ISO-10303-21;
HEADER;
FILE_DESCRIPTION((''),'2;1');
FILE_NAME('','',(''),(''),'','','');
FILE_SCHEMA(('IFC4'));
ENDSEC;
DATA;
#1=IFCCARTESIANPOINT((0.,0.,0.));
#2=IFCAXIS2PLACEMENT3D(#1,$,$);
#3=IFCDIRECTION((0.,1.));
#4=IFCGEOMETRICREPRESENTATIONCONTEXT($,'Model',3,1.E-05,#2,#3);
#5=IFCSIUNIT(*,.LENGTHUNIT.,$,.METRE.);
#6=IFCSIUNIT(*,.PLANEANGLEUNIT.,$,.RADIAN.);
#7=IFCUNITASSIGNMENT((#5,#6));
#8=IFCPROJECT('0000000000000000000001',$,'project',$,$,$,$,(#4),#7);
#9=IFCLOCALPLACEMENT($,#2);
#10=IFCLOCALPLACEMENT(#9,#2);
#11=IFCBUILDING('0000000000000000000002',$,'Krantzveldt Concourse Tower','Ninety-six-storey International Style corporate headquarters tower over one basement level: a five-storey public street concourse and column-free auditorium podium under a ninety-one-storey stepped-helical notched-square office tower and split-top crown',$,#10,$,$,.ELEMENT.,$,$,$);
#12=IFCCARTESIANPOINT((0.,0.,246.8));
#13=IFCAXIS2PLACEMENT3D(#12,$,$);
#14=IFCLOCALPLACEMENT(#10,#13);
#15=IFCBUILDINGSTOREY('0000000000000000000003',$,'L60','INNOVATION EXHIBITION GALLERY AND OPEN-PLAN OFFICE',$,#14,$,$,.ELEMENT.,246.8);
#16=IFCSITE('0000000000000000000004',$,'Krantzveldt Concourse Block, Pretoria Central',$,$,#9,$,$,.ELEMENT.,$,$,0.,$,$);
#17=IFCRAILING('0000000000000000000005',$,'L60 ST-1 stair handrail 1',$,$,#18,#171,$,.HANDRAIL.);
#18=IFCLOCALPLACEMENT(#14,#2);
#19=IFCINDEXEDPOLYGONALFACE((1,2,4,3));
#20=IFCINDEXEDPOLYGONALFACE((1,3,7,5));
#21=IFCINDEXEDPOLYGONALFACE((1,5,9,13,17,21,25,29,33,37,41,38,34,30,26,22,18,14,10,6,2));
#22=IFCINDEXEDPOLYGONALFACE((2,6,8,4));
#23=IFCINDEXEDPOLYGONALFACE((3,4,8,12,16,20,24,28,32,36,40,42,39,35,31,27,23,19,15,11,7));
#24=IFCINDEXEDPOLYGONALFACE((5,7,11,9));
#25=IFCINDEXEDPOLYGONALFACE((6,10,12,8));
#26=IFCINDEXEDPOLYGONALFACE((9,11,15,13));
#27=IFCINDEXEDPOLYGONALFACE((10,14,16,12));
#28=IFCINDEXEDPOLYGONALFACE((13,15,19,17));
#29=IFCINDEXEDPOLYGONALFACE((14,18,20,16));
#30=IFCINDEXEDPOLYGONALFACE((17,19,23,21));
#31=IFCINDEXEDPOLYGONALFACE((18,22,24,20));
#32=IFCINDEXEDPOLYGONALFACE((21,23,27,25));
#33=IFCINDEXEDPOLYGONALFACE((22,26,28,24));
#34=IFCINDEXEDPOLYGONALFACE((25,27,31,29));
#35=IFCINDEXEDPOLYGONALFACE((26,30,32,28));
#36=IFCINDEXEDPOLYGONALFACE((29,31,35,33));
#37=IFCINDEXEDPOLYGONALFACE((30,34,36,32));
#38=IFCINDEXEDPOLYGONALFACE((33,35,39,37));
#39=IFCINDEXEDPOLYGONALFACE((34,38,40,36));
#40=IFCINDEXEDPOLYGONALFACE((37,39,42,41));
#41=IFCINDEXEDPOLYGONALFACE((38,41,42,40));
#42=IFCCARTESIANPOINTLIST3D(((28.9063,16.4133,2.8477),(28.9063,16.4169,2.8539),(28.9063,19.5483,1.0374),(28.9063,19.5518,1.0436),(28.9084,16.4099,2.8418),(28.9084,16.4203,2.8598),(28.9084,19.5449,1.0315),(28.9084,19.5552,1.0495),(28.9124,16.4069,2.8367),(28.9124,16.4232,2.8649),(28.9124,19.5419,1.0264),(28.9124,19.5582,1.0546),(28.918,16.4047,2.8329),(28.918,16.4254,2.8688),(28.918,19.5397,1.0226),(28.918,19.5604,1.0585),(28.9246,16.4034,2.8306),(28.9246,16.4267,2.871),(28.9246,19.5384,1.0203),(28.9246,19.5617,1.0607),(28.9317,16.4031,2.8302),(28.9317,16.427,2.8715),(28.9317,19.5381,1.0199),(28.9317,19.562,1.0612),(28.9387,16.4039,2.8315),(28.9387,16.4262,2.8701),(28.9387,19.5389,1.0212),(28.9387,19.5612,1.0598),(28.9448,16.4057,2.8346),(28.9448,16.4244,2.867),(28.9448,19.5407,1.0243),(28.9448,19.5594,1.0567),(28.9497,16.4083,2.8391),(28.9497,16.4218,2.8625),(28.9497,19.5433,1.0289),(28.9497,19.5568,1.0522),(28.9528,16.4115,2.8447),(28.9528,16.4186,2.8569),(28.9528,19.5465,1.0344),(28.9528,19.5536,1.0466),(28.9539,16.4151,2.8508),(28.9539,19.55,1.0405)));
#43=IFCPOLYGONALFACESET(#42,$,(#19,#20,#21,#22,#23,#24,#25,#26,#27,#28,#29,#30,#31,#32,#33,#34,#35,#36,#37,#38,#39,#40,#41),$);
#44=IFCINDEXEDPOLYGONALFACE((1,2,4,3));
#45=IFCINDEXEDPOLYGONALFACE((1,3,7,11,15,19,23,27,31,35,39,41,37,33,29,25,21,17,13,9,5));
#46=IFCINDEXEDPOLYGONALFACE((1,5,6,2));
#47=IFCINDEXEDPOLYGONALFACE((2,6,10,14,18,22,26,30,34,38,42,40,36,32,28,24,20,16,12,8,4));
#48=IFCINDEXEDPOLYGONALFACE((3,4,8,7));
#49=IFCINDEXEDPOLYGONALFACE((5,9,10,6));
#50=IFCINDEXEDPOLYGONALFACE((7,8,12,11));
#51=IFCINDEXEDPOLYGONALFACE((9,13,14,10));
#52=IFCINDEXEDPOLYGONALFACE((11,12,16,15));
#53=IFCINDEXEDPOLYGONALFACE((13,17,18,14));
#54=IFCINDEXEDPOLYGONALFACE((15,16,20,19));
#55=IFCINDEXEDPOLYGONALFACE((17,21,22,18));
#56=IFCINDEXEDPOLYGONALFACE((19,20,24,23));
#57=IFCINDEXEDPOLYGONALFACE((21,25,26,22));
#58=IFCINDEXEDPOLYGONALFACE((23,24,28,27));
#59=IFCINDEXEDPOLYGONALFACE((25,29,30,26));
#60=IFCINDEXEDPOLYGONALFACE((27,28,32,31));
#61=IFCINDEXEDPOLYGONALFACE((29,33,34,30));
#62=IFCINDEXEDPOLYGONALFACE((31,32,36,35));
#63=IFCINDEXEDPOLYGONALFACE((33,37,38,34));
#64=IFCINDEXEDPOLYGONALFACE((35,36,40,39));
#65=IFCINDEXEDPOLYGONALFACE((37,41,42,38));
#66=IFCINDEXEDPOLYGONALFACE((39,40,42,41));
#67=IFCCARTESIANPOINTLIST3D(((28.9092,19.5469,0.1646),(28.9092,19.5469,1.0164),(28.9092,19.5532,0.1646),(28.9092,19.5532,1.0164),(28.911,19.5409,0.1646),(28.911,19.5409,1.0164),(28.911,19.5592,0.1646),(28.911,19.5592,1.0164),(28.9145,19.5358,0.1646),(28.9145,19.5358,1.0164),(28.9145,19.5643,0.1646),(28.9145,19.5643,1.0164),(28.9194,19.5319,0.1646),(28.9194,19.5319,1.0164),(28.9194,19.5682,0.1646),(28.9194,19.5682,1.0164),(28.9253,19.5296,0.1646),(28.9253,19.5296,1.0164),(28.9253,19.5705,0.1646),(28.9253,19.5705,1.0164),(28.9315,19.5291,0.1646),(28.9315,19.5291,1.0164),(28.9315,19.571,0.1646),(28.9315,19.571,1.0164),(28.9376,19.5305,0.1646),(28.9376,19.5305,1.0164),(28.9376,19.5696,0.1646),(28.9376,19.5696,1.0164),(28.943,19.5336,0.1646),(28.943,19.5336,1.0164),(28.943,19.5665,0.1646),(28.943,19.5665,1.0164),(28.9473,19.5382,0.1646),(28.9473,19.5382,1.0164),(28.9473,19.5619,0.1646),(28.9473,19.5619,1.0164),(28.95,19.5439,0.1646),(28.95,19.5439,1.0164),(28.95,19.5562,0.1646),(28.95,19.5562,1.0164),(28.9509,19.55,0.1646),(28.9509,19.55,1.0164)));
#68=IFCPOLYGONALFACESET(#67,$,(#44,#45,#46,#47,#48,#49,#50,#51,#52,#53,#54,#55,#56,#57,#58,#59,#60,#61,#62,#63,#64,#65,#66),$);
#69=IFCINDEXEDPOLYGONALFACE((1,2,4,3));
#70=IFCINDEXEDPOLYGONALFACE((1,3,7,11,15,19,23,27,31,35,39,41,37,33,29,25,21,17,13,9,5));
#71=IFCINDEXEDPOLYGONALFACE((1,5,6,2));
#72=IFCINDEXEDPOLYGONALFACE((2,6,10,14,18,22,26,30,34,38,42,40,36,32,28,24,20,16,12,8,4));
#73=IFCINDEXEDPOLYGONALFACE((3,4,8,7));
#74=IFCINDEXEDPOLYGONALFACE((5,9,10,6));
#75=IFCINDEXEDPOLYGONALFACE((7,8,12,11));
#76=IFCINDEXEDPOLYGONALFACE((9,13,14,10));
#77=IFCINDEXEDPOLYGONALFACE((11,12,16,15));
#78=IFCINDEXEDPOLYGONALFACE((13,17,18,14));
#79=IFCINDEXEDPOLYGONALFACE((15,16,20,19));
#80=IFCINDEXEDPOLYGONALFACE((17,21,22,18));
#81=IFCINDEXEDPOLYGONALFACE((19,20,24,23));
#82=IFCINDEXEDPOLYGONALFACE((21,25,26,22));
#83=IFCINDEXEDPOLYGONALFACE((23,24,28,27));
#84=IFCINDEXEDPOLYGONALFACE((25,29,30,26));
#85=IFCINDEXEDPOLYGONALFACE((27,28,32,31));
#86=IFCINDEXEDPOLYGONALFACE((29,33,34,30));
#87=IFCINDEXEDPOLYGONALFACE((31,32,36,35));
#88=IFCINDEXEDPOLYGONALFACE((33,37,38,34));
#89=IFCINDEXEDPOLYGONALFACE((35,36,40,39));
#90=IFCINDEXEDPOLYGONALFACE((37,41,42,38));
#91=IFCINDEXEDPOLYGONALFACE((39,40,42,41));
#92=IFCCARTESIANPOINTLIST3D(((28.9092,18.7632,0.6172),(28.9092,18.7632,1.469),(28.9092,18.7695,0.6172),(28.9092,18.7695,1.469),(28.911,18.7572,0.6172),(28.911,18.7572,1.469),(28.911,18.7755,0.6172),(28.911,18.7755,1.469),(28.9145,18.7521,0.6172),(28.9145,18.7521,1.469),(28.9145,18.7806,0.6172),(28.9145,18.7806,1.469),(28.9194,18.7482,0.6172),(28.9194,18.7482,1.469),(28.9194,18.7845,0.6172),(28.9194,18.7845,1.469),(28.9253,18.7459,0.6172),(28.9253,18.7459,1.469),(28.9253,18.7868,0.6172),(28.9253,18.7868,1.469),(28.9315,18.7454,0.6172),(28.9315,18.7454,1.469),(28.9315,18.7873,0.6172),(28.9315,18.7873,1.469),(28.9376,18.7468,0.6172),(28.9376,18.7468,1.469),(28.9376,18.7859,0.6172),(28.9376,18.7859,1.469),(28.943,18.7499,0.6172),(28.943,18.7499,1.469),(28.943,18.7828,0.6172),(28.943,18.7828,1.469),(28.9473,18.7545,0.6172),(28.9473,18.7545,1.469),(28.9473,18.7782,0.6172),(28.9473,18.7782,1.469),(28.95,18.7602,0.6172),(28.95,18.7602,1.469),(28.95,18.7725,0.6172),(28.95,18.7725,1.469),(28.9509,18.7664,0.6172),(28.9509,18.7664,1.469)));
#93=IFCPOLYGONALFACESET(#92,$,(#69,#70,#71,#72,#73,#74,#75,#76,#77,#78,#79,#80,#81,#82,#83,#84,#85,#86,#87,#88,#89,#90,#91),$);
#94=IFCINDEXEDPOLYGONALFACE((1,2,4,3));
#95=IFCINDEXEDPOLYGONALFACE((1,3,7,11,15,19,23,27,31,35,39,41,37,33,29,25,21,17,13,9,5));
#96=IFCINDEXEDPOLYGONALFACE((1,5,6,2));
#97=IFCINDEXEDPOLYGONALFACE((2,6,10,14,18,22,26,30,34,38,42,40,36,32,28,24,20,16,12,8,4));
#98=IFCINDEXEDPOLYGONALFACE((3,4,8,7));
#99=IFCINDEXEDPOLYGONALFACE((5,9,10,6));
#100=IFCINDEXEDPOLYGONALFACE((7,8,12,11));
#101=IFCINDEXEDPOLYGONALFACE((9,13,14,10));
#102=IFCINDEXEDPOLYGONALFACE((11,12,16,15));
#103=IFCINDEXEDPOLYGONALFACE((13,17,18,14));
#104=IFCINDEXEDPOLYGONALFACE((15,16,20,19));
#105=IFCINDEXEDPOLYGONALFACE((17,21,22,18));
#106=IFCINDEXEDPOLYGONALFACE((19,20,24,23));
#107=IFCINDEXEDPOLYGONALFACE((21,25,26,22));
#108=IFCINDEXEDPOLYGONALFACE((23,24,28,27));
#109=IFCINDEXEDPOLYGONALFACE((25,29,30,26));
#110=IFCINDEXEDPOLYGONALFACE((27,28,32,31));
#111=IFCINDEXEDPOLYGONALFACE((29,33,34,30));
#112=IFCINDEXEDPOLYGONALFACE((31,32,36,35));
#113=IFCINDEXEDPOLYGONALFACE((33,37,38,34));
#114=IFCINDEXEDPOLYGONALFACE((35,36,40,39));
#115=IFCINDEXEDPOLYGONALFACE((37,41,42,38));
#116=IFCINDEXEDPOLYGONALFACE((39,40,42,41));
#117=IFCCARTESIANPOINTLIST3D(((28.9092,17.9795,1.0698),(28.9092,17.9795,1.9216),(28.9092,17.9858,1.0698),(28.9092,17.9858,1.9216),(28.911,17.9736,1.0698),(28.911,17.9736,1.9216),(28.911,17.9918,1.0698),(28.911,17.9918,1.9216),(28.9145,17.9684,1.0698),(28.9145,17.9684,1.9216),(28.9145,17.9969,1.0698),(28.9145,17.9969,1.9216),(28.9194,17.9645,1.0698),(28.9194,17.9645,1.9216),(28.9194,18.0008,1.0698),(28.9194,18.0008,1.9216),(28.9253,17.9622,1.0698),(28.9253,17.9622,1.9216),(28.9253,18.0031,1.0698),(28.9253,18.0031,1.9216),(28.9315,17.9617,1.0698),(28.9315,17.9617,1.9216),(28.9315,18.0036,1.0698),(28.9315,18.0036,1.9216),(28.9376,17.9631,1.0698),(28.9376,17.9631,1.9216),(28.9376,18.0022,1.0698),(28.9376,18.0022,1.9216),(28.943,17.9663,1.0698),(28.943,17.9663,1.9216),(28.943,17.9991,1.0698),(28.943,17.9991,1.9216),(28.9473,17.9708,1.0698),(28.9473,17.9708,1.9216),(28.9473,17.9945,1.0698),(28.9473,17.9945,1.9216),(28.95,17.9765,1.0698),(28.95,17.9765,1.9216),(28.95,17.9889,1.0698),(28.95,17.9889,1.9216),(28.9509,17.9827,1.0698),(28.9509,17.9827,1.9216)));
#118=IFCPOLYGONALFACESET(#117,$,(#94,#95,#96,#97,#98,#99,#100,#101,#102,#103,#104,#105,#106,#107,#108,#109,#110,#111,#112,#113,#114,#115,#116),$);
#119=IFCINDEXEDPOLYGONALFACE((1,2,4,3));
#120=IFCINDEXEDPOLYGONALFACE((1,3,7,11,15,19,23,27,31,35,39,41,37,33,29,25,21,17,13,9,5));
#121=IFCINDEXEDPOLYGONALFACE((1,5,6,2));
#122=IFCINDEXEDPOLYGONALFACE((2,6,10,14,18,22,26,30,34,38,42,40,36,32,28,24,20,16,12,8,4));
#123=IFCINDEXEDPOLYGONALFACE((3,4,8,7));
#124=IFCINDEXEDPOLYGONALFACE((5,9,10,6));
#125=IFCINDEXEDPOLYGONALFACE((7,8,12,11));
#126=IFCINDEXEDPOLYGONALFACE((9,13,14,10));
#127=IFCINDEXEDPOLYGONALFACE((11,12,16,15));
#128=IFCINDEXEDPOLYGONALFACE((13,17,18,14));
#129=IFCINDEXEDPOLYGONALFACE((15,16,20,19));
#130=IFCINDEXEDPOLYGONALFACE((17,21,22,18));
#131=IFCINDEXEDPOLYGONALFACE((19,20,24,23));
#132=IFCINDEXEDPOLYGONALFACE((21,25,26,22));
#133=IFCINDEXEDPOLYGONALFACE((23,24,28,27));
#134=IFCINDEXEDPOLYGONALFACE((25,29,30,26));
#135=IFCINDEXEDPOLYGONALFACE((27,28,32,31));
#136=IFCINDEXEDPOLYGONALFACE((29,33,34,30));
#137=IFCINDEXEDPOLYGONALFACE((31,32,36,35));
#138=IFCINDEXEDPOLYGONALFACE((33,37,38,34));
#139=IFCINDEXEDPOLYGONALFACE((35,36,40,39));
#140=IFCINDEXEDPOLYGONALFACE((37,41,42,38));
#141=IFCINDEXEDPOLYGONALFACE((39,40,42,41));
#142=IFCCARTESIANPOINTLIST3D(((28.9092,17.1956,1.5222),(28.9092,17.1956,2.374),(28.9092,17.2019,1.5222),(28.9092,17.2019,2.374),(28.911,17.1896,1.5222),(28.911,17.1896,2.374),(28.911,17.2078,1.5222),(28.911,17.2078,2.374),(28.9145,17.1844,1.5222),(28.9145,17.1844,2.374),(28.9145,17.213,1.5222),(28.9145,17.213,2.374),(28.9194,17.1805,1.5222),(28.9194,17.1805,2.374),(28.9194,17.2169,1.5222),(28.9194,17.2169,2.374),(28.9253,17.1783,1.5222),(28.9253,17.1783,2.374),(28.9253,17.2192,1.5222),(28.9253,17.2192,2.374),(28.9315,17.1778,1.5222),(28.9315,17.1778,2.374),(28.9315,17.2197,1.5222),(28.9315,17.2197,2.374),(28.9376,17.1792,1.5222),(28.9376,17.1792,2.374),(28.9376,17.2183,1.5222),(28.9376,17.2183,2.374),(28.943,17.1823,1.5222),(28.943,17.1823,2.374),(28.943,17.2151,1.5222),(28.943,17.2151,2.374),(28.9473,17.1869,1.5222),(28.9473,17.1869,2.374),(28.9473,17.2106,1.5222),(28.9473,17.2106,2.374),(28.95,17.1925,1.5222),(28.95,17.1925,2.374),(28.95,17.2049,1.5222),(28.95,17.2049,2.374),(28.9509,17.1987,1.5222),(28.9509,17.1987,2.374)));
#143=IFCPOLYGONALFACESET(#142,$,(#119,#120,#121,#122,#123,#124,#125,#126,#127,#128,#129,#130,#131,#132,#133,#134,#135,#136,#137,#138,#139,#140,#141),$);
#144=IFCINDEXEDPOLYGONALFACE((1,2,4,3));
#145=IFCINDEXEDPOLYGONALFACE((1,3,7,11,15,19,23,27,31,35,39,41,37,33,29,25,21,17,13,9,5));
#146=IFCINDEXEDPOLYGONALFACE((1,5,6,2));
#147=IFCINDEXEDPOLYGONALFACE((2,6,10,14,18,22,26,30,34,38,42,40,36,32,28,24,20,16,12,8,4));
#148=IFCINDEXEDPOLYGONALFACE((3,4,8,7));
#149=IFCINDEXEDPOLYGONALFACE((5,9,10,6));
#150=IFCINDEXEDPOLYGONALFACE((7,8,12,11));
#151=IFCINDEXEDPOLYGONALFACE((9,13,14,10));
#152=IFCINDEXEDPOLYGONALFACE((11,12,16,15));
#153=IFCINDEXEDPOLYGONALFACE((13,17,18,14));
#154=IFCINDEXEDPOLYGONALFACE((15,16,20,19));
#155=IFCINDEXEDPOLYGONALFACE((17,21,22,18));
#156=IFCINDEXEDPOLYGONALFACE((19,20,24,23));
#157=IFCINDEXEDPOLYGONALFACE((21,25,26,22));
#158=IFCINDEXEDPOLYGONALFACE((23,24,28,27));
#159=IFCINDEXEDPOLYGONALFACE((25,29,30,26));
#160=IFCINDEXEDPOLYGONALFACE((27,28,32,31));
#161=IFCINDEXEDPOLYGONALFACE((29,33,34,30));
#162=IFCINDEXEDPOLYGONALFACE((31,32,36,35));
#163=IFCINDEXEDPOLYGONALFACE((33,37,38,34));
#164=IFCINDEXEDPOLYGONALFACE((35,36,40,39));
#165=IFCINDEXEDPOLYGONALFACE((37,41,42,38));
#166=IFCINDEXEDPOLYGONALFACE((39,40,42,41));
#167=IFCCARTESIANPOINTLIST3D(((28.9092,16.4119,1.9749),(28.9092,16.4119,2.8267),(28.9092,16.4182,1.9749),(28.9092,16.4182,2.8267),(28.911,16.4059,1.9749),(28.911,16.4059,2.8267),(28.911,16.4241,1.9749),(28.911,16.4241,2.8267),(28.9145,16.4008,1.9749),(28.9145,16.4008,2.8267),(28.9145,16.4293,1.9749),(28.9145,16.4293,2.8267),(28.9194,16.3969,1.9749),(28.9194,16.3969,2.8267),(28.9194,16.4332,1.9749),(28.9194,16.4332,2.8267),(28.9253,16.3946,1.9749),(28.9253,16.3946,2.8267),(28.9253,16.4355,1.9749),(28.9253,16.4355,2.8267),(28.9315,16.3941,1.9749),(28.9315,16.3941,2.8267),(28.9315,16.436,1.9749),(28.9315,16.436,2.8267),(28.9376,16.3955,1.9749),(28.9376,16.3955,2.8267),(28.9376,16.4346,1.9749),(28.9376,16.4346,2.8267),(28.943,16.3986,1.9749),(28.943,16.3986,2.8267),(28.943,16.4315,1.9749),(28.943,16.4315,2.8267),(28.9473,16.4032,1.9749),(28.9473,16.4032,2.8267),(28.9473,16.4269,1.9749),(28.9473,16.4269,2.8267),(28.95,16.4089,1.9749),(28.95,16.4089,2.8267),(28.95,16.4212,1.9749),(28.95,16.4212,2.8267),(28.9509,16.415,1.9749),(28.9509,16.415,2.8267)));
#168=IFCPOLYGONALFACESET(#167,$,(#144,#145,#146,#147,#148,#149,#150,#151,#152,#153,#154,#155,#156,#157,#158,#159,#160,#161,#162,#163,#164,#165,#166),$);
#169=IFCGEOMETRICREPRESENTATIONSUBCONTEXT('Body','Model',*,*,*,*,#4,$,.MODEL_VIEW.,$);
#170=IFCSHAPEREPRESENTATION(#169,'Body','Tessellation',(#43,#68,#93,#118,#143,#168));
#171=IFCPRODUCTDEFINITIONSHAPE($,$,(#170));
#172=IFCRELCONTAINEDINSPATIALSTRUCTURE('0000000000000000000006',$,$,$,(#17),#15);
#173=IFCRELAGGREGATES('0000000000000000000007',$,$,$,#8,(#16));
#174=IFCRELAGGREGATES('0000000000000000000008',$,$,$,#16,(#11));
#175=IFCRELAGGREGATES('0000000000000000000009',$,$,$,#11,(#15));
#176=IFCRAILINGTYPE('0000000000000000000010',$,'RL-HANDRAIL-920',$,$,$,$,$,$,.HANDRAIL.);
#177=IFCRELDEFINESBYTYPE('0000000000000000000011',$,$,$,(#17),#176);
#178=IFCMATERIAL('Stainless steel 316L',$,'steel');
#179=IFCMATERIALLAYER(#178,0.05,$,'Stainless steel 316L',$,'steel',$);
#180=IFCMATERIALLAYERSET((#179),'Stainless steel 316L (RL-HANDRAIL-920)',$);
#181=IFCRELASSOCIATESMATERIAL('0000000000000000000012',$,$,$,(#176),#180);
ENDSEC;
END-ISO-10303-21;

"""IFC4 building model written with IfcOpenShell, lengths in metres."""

from ifc_helpers import new_model, si_unit, direction, frame, origin, origin_2d, place, context, subcontext, project, spatial, circle, extrude, material, layer, layer_set, type_object, element, save


model = new_model("IFC4")

# Units and contexts
model_context = context("Model", 3, precision=1e-05, world=origin(), true_north=direction((0.0, 1.0)))
body_context = subcontext(model_context, "Body", "Model", "MODEL_VIEW")
ifc_project = project(units=[si_unit("LENGTHUNIT", "METRE"), si_unit("PLANEANGLEUNIT", "RADIAN")], contexts=[model_context])

# Site, building, storey
site_placement = place(None, origin())
site = spatial("IfcSite", under=ifc_project, at=site_placement, Name="Krantzveldt Concourse Block, Pretoria Central", CompositionType="ELEMENT", RefElevation=0.0)
building_placement = place(site_placement, origin())
building = spatial("IfcBuilding", under=site, at=building_placement, Name="Krantzveldt Concourse Tower", Description="Ninety-six-storey International Style corporate headquarters tower over one basement level: a five-storey public street concourse and column-free auditorium podium under a ninety-one-storey stepped-helical notched-square office tower and split-top crown", CompositionType="ELEMENT")
storey_placement = place(building_placement, frame((0.0, 0.0, 246.8)))
storey = spatial("IfcBuildingStorey", under=building, at=storey_placement, Name="L60", Description="INNOVATION EXHIBITION GALLERY AND OPEN-PLAN OFFICE", CompositionType="ELEMENT", Elevation=246.8)

# Shared definitions
ifc_material_1 = material(Name="Stainless steel 316L", Category="steel")

# Railing
ifc_layer_1 = layer(ifc_material_1, 0.05, Name="Stainless steel 316L", Category="steel")
ifc_layer_set_1 = layer_set([ifc_layer_1], Name="Stainless steel 316L (RL-HANDRAIL-920)")
railing_type_1 = type_object("IfcRailingType", Name="RL-HANDRAIL-920", PredefinedType="HANDRAIL", material=ifc_layer_set_1)
railing_1_placement = place(storey_placement, frame((28.9299, 19.55, 0.1646)))
element("IfcRailing", 1, at=railing_1_placement, inside=storey, type_object=railing_type_1, Name="L60 ST-1 stair handrail 1", PredefinedType="HANDRAIL", context=body_context, shape_type="SweptSolid", body=[
    extrude(circle(Radius=0.0239, at=origin_2d()), frame((0.0, 0.0, 0.876), z_axis=(0.0, -0.865989, 0.500063), x_axis=(1.0, 0.0, 0.0)), (0.0, 0.0, 1.0), 3.6201),
    extrude(circle(Radius=0.021, at=origin_2d()), origin(), (0.0, 0.0, 1.0), 0.8518),
    extrude(circle(Radius=0.021, at=origin_2d()), frame((0.0, -0.7837, 0.4526)), (0.0, 0.0, 1.0), 0.8518),
    extrude(circle(Radius=0.021, at=origin_2d()), frame((0.0, -1.5674, 0.9053)), (0.0, 0.0, 1.0), 0.8518),
    extrude(circle(Radius=0.021, at=origin_2d()), frame((0.0, -2.3513, 1.3577)), (0.0, 0.0, 1.0), 0.8518),
    extrude(circle(Radius=0.021, at=origin_2d()), frame((0.0, -3.135, 1.8103)), (0.0, 0.0, 1.0), 0.8518),
])

save(model, "model.ifc")
